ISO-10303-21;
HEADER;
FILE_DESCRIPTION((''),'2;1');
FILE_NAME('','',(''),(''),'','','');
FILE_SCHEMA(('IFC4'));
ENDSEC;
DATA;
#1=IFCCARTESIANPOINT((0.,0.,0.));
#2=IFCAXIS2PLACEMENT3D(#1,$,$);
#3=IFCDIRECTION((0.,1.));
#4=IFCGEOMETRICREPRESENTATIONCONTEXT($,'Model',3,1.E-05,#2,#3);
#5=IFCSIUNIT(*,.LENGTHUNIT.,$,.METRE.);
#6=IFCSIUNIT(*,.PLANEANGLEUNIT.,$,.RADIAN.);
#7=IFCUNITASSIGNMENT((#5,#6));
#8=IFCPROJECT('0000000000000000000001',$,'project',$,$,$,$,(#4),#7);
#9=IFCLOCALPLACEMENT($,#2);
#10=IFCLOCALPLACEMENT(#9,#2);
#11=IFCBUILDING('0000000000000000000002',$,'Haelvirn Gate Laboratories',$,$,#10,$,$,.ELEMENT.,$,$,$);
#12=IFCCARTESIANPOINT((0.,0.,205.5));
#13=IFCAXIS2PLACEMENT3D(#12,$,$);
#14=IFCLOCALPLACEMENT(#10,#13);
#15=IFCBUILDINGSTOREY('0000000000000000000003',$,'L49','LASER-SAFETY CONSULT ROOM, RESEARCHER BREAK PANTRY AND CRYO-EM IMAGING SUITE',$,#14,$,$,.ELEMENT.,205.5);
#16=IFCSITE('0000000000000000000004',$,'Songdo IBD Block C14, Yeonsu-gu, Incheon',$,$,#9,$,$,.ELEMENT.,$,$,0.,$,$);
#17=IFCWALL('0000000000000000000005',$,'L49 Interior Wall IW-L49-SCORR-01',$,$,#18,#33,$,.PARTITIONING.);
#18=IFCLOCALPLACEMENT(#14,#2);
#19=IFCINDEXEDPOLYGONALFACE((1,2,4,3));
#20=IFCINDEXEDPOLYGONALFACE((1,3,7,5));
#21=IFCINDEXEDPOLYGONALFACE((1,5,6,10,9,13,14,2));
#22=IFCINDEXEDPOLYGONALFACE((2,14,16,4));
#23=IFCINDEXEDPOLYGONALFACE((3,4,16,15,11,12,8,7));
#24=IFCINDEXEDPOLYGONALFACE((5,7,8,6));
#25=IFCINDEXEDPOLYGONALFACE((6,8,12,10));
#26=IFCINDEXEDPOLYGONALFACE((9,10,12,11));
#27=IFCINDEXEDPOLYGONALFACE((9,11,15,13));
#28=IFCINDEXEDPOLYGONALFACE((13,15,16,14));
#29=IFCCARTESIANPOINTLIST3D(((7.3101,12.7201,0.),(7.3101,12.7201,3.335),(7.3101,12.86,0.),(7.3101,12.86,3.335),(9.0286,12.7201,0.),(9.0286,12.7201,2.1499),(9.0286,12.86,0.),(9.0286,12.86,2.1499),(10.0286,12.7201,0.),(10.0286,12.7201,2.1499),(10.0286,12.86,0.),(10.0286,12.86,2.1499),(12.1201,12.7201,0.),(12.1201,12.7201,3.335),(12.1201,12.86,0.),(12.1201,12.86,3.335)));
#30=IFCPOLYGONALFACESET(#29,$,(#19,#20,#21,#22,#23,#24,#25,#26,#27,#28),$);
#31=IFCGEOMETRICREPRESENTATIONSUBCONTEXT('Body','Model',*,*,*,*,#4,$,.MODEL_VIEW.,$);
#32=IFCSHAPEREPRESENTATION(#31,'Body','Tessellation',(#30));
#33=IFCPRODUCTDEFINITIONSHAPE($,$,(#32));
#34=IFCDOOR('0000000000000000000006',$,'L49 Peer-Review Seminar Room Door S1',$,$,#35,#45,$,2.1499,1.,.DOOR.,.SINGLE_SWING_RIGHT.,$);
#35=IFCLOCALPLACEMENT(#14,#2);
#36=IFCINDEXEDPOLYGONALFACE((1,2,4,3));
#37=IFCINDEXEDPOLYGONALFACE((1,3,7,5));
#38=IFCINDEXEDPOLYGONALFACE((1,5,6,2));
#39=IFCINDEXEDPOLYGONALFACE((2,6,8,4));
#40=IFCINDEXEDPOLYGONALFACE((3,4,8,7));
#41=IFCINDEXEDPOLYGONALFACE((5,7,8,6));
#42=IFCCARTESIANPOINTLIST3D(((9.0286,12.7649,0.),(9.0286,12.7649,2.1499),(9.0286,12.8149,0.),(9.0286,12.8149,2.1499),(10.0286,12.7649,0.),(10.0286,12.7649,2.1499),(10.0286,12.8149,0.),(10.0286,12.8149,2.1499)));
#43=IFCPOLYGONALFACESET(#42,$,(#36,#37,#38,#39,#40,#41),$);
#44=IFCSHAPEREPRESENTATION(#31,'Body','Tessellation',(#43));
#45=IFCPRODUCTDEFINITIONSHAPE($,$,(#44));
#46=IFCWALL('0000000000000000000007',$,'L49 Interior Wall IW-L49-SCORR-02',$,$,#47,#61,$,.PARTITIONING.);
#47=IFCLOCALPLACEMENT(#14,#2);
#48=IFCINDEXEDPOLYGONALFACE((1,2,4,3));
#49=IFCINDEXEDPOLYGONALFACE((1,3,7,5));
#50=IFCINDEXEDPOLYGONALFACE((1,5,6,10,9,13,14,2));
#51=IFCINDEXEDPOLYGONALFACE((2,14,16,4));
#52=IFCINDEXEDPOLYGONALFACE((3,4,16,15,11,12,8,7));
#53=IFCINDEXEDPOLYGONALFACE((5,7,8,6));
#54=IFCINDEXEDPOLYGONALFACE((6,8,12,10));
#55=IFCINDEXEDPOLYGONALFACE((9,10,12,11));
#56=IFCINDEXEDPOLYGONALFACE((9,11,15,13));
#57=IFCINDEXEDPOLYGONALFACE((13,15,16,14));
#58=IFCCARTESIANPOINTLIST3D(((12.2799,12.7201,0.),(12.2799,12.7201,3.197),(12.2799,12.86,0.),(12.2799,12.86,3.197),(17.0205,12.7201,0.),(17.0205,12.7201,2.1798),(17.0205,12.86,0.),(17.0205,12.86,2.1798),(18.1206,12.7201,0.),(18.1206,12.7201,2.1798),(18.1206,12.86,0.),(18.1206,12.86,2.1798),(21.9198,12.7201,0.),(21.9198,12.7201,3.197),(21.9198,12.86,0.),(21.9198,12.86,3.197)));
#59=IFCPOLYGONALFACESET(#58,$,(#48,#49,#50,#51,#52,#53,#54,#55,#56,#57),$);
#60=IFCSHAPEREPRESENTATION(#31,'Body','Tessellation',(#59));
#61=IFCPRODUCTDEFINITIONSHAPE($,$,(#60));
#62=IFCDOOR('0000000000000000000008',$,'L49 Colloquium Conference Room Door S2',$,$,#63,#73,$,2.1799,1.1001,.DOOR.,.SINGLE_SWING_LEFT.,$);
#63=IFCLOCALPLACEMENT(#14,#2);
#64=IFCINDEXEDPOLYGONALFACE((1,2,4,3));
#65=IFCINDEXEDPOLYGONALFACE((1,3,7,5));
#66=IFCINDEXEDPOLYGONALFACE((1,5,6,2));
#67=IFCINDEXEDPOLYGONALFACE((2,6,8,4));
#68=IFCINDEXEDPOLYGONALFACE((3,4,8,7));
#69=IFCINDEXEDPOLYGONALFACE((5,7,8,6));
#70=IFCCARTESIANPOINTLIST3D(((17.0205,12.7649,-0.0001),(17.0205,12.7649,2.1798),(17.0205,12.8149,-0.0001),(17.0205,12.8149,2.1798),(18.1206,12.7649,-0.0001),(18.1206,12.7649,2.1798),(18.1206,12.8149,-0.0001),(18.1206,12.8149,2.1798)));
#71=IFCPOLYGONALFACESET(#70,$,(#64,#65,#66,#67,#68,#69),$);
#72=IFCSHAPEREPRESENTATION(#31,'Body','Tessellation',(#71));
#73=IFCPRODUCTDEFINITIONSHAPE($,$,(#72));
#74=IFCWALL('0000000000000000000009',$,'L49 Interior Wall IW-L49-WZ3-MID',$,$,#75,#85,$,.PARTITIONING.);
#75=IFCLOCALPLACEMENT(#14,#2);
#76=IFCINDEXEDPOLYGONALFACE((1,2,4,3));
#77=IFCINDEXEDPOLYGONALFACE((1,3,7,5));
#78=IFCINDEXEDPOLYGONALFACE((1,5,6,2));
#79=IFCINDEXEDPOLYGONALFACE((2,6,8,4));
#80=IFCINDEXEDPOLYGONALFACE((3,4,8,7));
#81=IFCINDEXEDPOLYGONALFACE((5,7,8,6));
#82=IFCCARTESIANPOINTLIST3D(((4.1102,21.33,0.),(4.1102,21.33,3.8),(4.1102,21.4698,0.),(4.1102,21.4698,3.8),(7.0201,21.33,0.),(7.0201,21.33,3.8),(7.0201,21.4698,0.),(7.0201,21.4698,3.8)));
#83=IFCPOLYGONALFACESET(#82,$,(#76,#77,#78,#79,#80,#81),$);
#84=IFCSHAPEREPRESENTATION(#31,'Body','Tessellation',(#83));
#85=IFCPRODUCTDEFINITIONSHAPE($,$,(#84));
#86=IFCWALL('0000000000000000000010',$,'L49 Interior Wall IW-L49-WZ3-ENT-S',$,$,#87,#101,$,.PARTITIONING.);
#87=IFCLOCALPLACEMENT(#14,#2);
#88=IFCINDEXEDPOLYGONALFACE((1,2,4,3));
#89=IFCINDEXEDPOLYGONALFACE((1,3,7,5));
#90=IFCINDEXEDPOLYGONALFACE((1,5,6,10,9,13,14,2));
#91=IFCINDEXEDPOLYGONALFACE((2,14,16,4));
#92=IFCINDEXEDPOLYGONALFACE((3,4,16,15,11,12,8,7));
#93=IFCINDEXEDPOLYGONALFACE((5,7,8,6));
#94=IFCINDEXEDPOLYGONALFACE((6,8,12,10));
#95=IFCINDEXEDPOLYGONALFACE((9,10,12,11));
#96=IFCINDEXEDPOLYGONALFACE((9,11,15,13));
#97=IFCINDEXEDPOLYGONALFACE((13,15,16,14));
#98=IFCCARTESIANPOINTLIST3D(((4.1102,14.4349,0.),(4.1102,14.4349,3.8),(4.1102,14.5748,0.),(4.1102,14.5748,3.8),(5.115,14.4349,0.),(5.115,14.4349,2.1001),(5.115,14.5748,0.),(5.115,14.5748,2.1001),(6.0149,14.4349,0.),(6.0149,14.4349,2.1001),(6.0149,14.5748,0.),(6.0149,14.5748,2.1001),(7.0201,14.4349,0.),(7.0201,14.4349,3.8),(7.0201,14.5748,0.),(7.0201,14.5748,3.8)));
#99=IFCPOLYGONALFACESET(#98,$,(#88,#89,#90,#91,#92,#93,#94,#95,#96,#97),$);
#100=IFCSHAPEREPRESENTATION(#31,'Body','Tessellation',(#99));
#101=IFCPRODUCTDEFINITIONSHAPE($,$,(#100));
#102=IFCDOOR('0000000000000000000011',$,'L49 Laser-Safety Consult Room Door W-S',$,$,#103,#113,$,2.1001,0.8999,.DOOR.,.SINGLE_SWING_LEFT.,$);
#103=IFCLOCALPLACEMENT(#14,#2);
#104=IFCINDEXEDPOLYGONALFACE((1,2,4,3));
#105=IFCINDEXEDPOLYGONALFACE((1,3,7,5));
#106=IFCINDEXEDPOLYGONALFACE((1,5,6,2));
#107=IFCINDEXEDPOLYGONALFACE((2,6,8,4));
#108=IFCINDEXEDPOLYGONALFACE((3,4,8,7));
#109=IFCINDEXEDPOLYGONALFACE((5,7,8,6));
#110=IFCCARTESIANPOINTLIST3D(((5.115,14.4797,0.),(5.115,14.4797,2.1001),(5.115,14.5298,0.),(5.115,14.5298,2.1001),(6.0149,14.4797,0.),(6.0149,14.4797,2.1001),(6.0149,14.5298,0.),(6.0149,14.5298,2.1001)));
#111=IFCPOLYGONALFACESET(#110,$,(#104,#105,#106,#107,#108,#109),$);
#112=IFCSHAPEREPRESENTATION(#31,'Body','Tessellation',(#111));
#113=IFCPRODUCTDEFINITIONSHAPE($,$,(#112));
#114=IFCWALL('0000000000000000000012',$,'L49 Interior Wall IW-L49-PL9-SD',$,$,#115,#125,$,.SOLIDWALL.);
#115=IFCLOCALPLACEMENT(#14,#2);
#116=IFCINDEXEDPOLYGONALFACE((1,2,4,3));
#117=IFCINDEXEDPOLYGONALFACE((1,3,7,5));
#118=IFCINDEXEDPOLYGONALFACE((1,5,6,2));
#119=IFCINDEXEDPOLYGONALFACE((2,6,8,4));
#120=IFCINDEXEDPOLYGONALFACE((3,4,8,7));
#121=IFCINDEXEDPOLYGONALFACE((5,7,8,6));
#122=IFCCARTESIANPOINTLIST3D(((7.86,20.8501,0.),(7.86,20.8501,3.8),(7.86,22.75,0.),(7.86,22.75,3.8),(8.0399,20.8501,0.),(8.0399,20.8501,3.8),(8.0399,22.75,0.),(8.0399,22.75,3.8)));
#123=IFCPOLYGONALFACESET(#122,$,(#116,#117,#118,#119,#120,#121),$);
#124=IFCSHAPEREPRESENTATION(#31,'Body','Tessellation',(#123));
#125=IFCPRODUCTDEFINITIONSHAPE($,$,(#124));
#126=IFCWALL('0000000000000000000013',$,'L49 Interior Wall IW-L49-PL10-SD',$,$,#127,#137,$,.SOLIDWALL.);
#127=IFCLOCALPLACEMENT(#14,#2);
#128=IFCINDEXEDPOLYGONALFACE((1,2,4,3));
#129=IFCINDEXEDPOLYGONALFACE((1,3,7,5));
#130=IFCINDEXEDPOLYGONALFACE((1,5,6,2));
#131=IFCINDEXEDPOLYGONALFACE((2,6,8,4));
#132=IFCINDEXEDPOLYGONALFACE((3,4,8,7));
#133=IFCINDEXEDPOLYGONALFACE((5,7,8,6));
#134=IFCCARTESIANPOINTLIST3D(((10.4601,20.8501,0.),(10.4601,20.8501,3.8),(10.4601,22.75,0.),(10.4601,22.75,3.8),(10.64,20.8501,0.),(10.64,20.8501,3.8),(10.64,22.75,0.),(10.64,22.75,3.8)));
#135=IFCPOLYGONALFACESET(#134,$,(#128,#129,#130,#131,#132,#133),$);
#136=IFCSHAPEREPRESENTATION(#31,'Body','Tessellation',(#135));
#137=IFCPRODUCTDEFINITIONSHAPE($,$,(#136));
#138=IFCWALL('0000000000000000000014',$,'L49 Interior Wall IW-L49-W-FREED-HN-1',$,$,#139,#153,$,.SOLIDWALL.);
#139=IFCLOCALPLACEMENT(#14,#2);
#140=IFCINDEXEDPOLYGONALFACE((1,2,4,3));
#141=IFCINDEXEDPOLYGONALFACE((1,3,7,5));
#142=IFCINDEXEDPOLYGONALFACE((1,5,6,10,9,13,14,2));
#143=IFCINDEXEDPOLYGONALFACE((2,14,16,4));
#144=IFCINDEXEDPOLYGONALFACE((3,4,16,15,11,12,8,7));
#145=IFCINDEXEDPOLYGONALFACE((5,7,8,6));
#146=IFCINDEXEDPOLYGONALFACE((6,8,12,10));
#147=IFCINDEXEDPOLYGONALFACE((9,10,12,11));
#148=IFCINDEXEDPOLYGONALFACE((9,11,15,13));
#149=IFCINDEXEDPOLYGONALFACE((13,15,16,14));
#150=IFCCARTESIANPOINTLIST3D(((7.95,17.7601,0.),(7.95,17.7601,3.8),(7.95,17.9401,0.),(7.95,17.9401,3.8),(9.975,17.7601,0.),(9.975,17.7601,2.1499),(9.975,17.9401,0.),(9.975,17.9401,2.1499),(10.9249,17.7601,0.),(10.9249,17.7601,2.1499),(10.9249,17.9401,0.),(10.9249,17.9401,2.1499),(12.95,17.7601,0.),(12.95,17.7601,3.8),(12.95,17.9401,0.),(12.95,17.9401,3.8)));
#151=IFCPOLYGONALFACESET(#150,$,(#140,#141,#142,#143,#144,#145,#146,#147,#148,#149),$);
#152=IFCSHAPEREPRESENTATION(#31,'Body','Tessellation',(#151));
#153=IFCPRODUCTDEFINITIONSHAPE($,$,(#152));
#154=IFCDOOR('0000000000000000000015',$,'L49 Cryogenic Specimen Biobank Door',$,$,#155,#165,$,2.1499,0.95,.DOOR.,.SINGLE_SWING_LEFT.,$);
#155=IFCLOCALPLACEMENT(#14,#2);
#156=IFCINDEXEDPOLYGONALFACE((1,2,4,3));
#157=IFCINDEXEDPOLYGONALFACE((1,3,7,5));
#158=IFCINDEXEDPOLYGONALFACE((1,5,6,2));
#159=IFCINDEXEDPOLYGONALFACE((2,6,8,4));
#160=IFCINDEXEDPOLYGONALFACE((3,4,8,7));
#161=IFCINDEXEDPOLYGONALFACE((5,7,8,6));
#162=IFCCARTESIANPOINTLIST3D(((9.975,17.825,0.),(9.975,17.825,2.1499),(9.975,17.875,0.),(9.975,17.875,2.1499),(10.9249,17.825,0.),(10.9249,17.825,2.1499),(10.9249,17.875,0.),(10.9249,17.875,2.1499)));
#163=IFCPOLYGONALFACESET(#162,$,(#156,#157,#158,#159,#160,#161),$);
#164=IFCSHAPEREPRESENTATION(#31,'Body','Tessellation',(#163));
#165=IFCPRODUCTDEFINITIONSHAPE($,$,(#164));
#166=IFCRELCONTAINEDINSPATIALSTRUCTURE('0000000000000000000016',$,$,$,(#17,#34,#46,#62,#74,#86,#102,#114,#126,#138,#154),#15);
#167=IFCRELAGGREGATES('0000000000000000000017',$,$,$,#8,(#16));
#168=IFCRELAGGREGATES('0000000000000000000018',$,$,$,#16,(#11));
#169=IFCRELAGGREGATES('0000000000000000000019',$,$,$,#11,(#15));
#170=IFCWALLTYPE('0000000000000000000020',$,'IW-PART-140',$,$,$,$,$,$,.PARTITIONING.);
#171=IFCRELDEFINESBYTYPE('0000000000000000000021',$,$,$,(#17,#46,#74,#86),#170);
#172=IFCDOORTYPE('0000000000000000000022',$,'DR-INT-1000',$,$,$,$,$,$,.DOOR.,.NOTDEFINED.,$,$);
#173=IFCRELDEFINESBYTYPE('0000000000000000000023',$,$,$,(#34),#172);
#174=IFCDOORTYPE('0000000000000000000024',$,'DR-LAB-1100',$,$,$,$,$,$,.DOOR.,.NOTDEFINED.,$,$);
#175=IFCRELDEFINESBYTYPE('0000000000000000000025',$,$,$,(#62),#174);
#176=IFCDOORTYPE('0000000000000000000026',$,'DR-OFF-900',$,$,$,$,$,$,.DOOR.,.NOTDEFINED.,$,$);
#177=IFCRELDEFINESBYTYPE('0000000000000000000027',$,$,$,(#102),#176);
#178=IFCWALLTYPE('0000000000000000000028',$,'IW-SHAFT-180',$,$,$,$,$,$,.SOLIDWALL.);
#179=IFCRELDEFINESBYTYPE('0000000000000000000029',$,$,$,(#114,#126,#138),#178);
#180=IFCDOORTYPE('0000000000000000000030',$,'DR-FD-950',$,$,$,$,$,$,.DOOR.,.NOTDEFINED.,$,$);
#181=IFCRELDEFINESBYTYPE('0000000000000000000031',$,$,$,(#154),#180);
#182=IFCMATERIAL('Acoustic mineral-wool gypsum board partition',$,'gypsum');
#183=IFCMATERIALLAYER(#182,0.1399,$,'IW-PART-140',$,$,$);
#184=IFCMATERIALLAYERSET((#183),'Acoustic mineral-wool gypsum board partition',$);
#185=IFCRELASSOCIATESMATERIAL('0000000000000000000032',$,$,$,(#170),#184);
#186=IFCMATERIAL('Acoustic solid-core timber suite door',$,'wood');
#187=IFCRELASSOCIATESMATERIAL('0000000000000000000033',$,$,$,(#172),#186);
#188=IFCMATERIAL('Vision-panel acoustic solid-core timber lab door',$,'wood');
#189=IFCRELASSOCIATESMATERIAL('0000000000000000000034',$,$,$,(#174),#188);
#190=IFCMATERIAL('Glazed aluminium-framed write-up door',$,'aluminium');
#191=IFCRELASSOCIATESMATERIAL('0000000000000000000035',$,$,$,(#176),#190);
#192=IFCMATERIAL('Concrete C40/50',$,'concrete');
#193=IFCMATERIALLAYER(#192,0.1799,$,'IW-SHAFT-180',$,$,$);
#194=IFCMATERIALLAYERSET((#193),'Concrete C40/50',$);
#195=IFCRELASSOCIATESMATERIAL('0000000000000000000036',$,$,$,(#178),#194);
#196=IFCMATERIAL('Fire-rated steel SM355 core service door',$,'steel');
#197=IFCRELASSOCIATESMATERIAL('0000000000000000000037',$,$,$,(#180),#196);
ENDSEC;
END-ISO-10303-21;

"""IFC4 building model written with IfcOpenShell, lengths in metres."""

from ifc_helpers import new_model, si_unit, direction, frame, frame_2d, origin, place, context, subcontext, project, spatial, rectangle, extrude, source, transform, mapped, material, layer, layer_set, type_object, type_shapes, element, fill, save


model = new_model("IFC4")

# Units and contexts
model_context = context("Model", 3, precision=1e-05, world=origin(), true_north=direction((0.0, 1.0)))
body_context = subcontext(model_context, "Body", "Model", "MODEL_VIEW")
ifc_project = project(units=[si_unit("LENGTHUNIT", "METRE"), si_unit("PLANEANGLEUNIT", "RADIAN")], contexts=[model_context])

# Site, building, storey
site_placement = place(None, origin())
site = spatial("IfcSite", under=ifc_project, at=site_placement, Name="Songdo IBD Block C14, Yeonsu-gu, Incheon", CompositionType="ELEMENT", RefElevation=0.0)
building_placement = place(site_placement, origin())
building = spatial("IfcBuilding", under=site, at=building_placement, Name="Haelvirn Gate Laboratories", CompositionType="ELEMENT")
storey_placement = place(building_placement, frame((0.0, 0.0, 205.5)))
storey = spatial("IfcBuildingStorey", under=building, at=storey_placement, Name="L49", Description="LASER-SAFETY CONSULT ROOM, RESEARCHER BREAK PANTRY AND CRYO-EM IMAGING SUITE", CompositionType="ELEMENT", Elevation=205.5)

# Walls, openings, doors
ifc_material_1 = material(Name="Acoustic mineral-wool gypsum board partition", Category="gypsum")
ifc_layer_1 = layer(ifc_material_1, 0.1399, Name="IW-PART-140")
ifc_layer_set_1 = layer_set([ifc_layer_1], Name="Acoustic mineral-wool gypsum board partition")
wall_type_1 = type_object("IfcWallType", Name="IW-PART-140", PredefinedType="PARTITIONING", material=ifc_layer_set_1)
wall_1_placement = place(storey_placement, frame((7.3101, 12.79, 0.0), z_axis=(0.0, 0.0, 1.0), x_axis=(1.0, 0.0, 0.0)))
wall_1 = element("IfcWall", 1, at=wall_1_placement, inside=storey, type_object=wall_type_1, Name="L49 Interior Wall IW-L49-SCORR-01", PredefinedType="PARTITIONING", context=body_context, shape_type="SweptSolid", body=[
    extrude(rectangle(XDim=4.8101, YDim=0.1399, at=frame_2d((2.405, 0.0))), origin(), (0.0, 0.0, 1.0), 3.335),
])
opening_1_placement = place(wall_1_placement, frame((1.7185, 0.0, 0.0)))
opening_1 = element("IfcOpeningElement", 2, at=opening_1_placement, cuts=wall_1, PredefinedType="OPENING", context=body_context, shape_type="SweptSolid", body=[
    extrude(rectangle(XDim=1.0, YDim=2.1499, at=frame_2d((0.5, 1.075))), frame((0.0, 0.0801, 0.0), z_axis=(0.0, -1.0, 0.0), x_axis=(1.0, 0.0, 0.0)), (0.0, 0.0, 1.0), 0.1599),
])
ifc_material_2 = material(Name="Acoustic solid-core timber suite door", Category="wood")
door_type_1 = type_object("IfcDoorType", Name="DR-INT-1000", OperationType="NOTDEFINED", PredefinedType="DOOR", material=ifc_material_2)
shared_shape_1 = source(origin(), body_context, "Body", "SweptSolid", [
    extrude(rectangle(XDim=1.0, YDim=2.1499, at=frame_2d((0.5, 1.075))), frame((0.0, 0.0249, 0.0), z_axis=(0.0, -1.0, 0.0), x_axis=(1.0, 0.0, 0.0)), (0.0, 0.0, 1.0), 0.05),
])
type_shapes(door_type_1, [shared_shape_1])
door_1_placement = place(opening_1_placement, origin())
door_1 = element("IfcDoor", 3, at=door_1_placement, inside=storey, type_object=door_type_1, Name="L49 Peer-Review Seminar Room Door S1", OperationType="SINGLE_SWING_RIGHT", OverallHeight=2.1499, OverallWidth=1.0, PredefinedType="DOOR", context=body_context, shape_type="MappedRepresentation", body=[
    mapped(shared_shape_1, transform((0.0, 0.0, 0.0), scale=1.0)),
])
fill(opening_1, door_1)
wall_2_placement = place(storey_placement, frame((12.28, 12.79, 0.0), z_axis=(0.0, 0.0, 1.0), x_axis=(1.0, 0.0, 0.0)))
wall_2 = element("IfcWall", 4, at=wall_2_placement, inside=storey, type_object=wall_type_1, Name="L49 Interior Wall IW-L49-SCORR-02", PredefinedType="PARTITIONING", context=body_context, shape_type="SweptSolid", body=[
    extrude(rectangle(XDim=9.6399, YDim=0.1399, at=frame_2d((4.8198, 0.0))), origin(), (0.0, 0.0, 1.0), 3.197),
])
opening_2_placement = place(wall_2_placement, frame((4.7405, 0.0, 0.0)))
opening_2 = element("IfcOpeningElement", 5, at=opening_2_placement, cuts=wall_2, PredefinedType="OPENING", context=body_context, shape_type="SweptSolid", body=[
    extrude(rectangle(XDim=1.1001, YDim=2.1799, at=frame_2d((0.55, 1.0898))), frame((0.0, 0.0801, 0.0), z_axis=(0.0, -1.0, 0.0), x_axis=(1.0, 0.0, 0.0)), (0.0, 0.0, 1.0), 0.1599),
])
ifc_material_3 = material(Name="Vision-panel acoustic solid-core timber lab door", Category="wood")
door_type_2 = type_object("IfcDoorType", Name="DR-LAB-1100", OperationType="NOTDEFINED", PredefinedType="DOOR", material=ifc_material_3)
shared_shape_2 = source(origin(), body_context, "Body", "SweptSolid", [
    extrude(rectangle(XDim=1.1001, YDim=2.1799, at=frame_2d((0.55, 1.0898))), frame((0.0, 0.0249, 0.0), z_axis=(0.0, -1.0, 0.0), x_axis=(1.0, 0.0, 0.0)), (0.0, 0.0, 1.0), 0.05),
])
type_shapes(door_type_2, [shared_shape_2])
door_2_placement = place(opening_2_placement, origin())
door_2 = element("IfcDoor", 6, at=door_2_placement, inside=storey, type_object=door_type_2, Name="L49 Colloquium Conference Room Door S2", OperationType="SINGLE_SWING_LEFT", OverallHeight=2.1799, OverallWidth=1.1001, PredefinedType="DOOR", context=body_context, shape_type="MappedRepresentation", body=[
    mapped(shared_shape_2, transform((0.0, 0.0, 0.0), scale=1.0)),
])
fill(opening_2, door_2)

# Wall
wall_3_placement = place(storey_placement, frame((4.1101, 21.3999, 0.0), z_axis=(0.0, 0.0, 1.0), x_axis=(1.0, 0.0, 0.0)))
element("IfcWall", 7, at=wall_3_placement, inside=storey, type_object=wall_type_1, Name="L49 Interior Wall IW-L49-WZ3-MID", PredefinedType="PARTITIONING", context=body_context, shape_type="SweptSolid", body=[
    extrude(rectangle(XDim=2.9099, YDim=0.1399, at=frame_2d((1.4551, 0.0))), origin(), (0.0, 0.0, 1.0), 3.8),
])

# Wall, opening, door
wall_4_placement = place(storey_placement, frame((4.1101, 14.5049, 0.0), z_axis=(0.0, 0.0, 1.0), x_axis=(1.0, 0.0, 0.0)))
wall_4 = element("IfcWall", 8, at=wall_4_placement, inside=storey, type_object=wall_type_1, Name="L49 Interior Wall IW-L49-WZ3-ENT-S", PredefinedType="PARTITIONING", context=body_context, shape_type="SweptSolid", body=[
    extrude(rectangle(XDim=2.9099, YDim=0.1399, at=frame_2d((1.4551, 0.0))), origin(), (0.0, 0.0, 1.0), 3.8),
])
opening_3_placement = place(wall_4_placement, frame((1.0049, 0.0, 0.0)))
opening_3 = element("IfcOpeningElement", 9, at=opening_3_placement, cuts=wall_4, PredefinedType="OPENING", context=body_context, shape_type="SweptSolid", body=[
    extrude(rectangle(XDim=0.8999, YDim=2.1001, at=frame_2d((0.45, 1.05))), frame((0.0, 0.0801, 0.0), z_axis=(0.0, -1.0, 0.0), x_axis=(1.0, 0.0, 0.0)), (0.0, 0.0, 1.0), 0.1599),
])
ifc_material_4 = material(Name="Glazed aluminium-framed write-up door", Category="aluminium")
door_type_3 = type_object("IfcDoorType", Name="DR-OFF-900", OperationType="NOTDEFINED", PredefinedType="DOOR", material=ifc_material_4)
shared_shape_3 = source(origin(), body_context, "Body", "SweptSolid", [
    extrude(rectangle(XDim=0.8999, YDim=2.1001, at=frame_2d((0.45, 1.05))), frame((0.0, 0.0249, 0.0), z_axis=(0.0, -1.0, 0.0), x_axis=(1.0, 0.0, 0.0)), (0.0, 0.0, 1.0), 0.05),
])
type_shapes(door_type_3, [shared_shape_3])
door_3_placement = place(opening_3_placement, origin())
door_3 = element("IfcDoor", 10, at=door_3_placement, inside=storey, type_object=door_type_3, Name="L49 Laser-Safety Consult Room Door W-S", OperationType="SINGLE_SWING_LEFT", OverallHeight=2.1001, OverallWidth=0.8999, PredefinedType="DOOR", context=body_context, shape_type="MappedRepresentation", body=[
    mapped(shared_shape_3, transform((0.0, 0.0, 0.0), scale=1.0)),
])
fill(opening_3, door_3)

# Walls
ifc_material_5 = material(Name="Concrete C40/50", Category="concrete")
ifc_layer_2 = layer(ifc_material_5, 0.1799, Name="IW-SHAFT-180")
ifc_layer_set_2 = layer_set([ifc_layer_2], Name="Concrete C40/50")
wall_type_2 = type_object("IfcWallType", Name="IW-SHAFT-180", PredefinedType="SOLIDWALL", material=ifc_layer_set_2)
for number, where, z_axis, x_axis, name in (
    (11, (7.95, 20.8501, 0.0), (0.0, 0.0, 1.0), (0.0, 1.0, 0.0), "L49 Interior Wall IW-L49-PL9-SD"),
    (12, (10.55, 20.8501, 0.0), (0.0, 0.0, 1.0), (0.0, 1.0, 0.0), "L49 Interior Wall IW-L49-PL10-SD"),
):
    element("IfcWall", number, at=place(storey_placement, frame(where, z_axis=z_axis, x_axis=x_axis)), inside=storey, type_object=wall_type_2, Name=name, PredefinedType="SOLIDWALL", context=body_context, shape_type="SweptSolid", body=[
        extrude(rectangle(XDim=1.8999, YDim=0.1799, at=frame_2d((0.95, 0.0))), origin(), (0.0, 0.0, 1.0), 3.8),
    ])

# Wall, opening, door
wall_5_placement = place(storey_placement, frame((7.95, 17.8501, 0.0), z_axis=(0.0, 0.0, 1.0), x_axis=(1.0, 0.0, 0.0)))
wall_5 = element("IfcWall", 13, at=wall_5_placement, inside=storey, type_object=wall_type_2, Name="L49 Interior Wall IW-L49-W-FREED-HN-1", PredefinedType="SOLIDWALL", context=body_context, shape_type="SweptSolid", body=[
    extrude(rectangle(XDim=5.0, YDim=0.1799, at=frame_2d((2.5, 0.0))), origin(), (0.0, 0.0, 1.0), 3.8),
])
opening_4_placement = place(wall_5_placement, frame((2.0249, 0.0, 0.0)))
opening_4 = element("IfcOpeningElement", 14, at=opening_4_placement, cuts=wall_5, PredefinedType="OPENING", context=body_context, shape_type="SweptSolid", body=[
    extrude(rectangle(XDim=0.95, YDim=2.1499, at=frame_2d((0.4751, 1.075))), frame((0.0, 0.1001, 0.0), z_axis=(0.0, -1.0, 0.0), x_axis=(1.0, 0.0, 0.0)), (0.0, 0.0, 1.0), 0.2),
])
ifc_material_6 = material(Name="Fire-rated steel SM355 core service door", Category="steel")
door_type_4 = type_object("IfcDoorType", Name="DR-FD-950", OperationType="NOTDEFINED", PredefinedType="DOOR", material=ifc_material_6)
shared_shape_4 = source(origin(), body_context, "Body", "SweptSolid", [
    extrude(rectangle(XDim=0.95, YDim=2.1499, at=frame_2d((0.4751, 1.075))), frame((0.0, 0.0249, 0.0), z_axis=(0.0, -1.0, 0.0), x_axis=(1.0, 0.0, 0.0)), (0.0, 0.0, 1.0), 0.05),
])
type_shapes(door_type_4, [shared_shape_4])
door_4_placement = place(opening_4_placement, origin())
door_4 = element("IfcDoor", 15, at=door_4_placement, inside=storey, type_object=door_type_4, Name="L49 Cryogenic Specimen Biobank Door", OperationType="SINGLE_SWING_LEFT", OverallHeight=2.1499, OverallWidth=0.95, PredefinedType="DOOR", context=body_context, shape_type="MappedRepresentation", body=[
    mapped(shared_shape_4, transform((0.0, 0.0, 0.0), scale=1.0)),
])
fill(opening_4, door_4)

save(model, "model.ifc")
